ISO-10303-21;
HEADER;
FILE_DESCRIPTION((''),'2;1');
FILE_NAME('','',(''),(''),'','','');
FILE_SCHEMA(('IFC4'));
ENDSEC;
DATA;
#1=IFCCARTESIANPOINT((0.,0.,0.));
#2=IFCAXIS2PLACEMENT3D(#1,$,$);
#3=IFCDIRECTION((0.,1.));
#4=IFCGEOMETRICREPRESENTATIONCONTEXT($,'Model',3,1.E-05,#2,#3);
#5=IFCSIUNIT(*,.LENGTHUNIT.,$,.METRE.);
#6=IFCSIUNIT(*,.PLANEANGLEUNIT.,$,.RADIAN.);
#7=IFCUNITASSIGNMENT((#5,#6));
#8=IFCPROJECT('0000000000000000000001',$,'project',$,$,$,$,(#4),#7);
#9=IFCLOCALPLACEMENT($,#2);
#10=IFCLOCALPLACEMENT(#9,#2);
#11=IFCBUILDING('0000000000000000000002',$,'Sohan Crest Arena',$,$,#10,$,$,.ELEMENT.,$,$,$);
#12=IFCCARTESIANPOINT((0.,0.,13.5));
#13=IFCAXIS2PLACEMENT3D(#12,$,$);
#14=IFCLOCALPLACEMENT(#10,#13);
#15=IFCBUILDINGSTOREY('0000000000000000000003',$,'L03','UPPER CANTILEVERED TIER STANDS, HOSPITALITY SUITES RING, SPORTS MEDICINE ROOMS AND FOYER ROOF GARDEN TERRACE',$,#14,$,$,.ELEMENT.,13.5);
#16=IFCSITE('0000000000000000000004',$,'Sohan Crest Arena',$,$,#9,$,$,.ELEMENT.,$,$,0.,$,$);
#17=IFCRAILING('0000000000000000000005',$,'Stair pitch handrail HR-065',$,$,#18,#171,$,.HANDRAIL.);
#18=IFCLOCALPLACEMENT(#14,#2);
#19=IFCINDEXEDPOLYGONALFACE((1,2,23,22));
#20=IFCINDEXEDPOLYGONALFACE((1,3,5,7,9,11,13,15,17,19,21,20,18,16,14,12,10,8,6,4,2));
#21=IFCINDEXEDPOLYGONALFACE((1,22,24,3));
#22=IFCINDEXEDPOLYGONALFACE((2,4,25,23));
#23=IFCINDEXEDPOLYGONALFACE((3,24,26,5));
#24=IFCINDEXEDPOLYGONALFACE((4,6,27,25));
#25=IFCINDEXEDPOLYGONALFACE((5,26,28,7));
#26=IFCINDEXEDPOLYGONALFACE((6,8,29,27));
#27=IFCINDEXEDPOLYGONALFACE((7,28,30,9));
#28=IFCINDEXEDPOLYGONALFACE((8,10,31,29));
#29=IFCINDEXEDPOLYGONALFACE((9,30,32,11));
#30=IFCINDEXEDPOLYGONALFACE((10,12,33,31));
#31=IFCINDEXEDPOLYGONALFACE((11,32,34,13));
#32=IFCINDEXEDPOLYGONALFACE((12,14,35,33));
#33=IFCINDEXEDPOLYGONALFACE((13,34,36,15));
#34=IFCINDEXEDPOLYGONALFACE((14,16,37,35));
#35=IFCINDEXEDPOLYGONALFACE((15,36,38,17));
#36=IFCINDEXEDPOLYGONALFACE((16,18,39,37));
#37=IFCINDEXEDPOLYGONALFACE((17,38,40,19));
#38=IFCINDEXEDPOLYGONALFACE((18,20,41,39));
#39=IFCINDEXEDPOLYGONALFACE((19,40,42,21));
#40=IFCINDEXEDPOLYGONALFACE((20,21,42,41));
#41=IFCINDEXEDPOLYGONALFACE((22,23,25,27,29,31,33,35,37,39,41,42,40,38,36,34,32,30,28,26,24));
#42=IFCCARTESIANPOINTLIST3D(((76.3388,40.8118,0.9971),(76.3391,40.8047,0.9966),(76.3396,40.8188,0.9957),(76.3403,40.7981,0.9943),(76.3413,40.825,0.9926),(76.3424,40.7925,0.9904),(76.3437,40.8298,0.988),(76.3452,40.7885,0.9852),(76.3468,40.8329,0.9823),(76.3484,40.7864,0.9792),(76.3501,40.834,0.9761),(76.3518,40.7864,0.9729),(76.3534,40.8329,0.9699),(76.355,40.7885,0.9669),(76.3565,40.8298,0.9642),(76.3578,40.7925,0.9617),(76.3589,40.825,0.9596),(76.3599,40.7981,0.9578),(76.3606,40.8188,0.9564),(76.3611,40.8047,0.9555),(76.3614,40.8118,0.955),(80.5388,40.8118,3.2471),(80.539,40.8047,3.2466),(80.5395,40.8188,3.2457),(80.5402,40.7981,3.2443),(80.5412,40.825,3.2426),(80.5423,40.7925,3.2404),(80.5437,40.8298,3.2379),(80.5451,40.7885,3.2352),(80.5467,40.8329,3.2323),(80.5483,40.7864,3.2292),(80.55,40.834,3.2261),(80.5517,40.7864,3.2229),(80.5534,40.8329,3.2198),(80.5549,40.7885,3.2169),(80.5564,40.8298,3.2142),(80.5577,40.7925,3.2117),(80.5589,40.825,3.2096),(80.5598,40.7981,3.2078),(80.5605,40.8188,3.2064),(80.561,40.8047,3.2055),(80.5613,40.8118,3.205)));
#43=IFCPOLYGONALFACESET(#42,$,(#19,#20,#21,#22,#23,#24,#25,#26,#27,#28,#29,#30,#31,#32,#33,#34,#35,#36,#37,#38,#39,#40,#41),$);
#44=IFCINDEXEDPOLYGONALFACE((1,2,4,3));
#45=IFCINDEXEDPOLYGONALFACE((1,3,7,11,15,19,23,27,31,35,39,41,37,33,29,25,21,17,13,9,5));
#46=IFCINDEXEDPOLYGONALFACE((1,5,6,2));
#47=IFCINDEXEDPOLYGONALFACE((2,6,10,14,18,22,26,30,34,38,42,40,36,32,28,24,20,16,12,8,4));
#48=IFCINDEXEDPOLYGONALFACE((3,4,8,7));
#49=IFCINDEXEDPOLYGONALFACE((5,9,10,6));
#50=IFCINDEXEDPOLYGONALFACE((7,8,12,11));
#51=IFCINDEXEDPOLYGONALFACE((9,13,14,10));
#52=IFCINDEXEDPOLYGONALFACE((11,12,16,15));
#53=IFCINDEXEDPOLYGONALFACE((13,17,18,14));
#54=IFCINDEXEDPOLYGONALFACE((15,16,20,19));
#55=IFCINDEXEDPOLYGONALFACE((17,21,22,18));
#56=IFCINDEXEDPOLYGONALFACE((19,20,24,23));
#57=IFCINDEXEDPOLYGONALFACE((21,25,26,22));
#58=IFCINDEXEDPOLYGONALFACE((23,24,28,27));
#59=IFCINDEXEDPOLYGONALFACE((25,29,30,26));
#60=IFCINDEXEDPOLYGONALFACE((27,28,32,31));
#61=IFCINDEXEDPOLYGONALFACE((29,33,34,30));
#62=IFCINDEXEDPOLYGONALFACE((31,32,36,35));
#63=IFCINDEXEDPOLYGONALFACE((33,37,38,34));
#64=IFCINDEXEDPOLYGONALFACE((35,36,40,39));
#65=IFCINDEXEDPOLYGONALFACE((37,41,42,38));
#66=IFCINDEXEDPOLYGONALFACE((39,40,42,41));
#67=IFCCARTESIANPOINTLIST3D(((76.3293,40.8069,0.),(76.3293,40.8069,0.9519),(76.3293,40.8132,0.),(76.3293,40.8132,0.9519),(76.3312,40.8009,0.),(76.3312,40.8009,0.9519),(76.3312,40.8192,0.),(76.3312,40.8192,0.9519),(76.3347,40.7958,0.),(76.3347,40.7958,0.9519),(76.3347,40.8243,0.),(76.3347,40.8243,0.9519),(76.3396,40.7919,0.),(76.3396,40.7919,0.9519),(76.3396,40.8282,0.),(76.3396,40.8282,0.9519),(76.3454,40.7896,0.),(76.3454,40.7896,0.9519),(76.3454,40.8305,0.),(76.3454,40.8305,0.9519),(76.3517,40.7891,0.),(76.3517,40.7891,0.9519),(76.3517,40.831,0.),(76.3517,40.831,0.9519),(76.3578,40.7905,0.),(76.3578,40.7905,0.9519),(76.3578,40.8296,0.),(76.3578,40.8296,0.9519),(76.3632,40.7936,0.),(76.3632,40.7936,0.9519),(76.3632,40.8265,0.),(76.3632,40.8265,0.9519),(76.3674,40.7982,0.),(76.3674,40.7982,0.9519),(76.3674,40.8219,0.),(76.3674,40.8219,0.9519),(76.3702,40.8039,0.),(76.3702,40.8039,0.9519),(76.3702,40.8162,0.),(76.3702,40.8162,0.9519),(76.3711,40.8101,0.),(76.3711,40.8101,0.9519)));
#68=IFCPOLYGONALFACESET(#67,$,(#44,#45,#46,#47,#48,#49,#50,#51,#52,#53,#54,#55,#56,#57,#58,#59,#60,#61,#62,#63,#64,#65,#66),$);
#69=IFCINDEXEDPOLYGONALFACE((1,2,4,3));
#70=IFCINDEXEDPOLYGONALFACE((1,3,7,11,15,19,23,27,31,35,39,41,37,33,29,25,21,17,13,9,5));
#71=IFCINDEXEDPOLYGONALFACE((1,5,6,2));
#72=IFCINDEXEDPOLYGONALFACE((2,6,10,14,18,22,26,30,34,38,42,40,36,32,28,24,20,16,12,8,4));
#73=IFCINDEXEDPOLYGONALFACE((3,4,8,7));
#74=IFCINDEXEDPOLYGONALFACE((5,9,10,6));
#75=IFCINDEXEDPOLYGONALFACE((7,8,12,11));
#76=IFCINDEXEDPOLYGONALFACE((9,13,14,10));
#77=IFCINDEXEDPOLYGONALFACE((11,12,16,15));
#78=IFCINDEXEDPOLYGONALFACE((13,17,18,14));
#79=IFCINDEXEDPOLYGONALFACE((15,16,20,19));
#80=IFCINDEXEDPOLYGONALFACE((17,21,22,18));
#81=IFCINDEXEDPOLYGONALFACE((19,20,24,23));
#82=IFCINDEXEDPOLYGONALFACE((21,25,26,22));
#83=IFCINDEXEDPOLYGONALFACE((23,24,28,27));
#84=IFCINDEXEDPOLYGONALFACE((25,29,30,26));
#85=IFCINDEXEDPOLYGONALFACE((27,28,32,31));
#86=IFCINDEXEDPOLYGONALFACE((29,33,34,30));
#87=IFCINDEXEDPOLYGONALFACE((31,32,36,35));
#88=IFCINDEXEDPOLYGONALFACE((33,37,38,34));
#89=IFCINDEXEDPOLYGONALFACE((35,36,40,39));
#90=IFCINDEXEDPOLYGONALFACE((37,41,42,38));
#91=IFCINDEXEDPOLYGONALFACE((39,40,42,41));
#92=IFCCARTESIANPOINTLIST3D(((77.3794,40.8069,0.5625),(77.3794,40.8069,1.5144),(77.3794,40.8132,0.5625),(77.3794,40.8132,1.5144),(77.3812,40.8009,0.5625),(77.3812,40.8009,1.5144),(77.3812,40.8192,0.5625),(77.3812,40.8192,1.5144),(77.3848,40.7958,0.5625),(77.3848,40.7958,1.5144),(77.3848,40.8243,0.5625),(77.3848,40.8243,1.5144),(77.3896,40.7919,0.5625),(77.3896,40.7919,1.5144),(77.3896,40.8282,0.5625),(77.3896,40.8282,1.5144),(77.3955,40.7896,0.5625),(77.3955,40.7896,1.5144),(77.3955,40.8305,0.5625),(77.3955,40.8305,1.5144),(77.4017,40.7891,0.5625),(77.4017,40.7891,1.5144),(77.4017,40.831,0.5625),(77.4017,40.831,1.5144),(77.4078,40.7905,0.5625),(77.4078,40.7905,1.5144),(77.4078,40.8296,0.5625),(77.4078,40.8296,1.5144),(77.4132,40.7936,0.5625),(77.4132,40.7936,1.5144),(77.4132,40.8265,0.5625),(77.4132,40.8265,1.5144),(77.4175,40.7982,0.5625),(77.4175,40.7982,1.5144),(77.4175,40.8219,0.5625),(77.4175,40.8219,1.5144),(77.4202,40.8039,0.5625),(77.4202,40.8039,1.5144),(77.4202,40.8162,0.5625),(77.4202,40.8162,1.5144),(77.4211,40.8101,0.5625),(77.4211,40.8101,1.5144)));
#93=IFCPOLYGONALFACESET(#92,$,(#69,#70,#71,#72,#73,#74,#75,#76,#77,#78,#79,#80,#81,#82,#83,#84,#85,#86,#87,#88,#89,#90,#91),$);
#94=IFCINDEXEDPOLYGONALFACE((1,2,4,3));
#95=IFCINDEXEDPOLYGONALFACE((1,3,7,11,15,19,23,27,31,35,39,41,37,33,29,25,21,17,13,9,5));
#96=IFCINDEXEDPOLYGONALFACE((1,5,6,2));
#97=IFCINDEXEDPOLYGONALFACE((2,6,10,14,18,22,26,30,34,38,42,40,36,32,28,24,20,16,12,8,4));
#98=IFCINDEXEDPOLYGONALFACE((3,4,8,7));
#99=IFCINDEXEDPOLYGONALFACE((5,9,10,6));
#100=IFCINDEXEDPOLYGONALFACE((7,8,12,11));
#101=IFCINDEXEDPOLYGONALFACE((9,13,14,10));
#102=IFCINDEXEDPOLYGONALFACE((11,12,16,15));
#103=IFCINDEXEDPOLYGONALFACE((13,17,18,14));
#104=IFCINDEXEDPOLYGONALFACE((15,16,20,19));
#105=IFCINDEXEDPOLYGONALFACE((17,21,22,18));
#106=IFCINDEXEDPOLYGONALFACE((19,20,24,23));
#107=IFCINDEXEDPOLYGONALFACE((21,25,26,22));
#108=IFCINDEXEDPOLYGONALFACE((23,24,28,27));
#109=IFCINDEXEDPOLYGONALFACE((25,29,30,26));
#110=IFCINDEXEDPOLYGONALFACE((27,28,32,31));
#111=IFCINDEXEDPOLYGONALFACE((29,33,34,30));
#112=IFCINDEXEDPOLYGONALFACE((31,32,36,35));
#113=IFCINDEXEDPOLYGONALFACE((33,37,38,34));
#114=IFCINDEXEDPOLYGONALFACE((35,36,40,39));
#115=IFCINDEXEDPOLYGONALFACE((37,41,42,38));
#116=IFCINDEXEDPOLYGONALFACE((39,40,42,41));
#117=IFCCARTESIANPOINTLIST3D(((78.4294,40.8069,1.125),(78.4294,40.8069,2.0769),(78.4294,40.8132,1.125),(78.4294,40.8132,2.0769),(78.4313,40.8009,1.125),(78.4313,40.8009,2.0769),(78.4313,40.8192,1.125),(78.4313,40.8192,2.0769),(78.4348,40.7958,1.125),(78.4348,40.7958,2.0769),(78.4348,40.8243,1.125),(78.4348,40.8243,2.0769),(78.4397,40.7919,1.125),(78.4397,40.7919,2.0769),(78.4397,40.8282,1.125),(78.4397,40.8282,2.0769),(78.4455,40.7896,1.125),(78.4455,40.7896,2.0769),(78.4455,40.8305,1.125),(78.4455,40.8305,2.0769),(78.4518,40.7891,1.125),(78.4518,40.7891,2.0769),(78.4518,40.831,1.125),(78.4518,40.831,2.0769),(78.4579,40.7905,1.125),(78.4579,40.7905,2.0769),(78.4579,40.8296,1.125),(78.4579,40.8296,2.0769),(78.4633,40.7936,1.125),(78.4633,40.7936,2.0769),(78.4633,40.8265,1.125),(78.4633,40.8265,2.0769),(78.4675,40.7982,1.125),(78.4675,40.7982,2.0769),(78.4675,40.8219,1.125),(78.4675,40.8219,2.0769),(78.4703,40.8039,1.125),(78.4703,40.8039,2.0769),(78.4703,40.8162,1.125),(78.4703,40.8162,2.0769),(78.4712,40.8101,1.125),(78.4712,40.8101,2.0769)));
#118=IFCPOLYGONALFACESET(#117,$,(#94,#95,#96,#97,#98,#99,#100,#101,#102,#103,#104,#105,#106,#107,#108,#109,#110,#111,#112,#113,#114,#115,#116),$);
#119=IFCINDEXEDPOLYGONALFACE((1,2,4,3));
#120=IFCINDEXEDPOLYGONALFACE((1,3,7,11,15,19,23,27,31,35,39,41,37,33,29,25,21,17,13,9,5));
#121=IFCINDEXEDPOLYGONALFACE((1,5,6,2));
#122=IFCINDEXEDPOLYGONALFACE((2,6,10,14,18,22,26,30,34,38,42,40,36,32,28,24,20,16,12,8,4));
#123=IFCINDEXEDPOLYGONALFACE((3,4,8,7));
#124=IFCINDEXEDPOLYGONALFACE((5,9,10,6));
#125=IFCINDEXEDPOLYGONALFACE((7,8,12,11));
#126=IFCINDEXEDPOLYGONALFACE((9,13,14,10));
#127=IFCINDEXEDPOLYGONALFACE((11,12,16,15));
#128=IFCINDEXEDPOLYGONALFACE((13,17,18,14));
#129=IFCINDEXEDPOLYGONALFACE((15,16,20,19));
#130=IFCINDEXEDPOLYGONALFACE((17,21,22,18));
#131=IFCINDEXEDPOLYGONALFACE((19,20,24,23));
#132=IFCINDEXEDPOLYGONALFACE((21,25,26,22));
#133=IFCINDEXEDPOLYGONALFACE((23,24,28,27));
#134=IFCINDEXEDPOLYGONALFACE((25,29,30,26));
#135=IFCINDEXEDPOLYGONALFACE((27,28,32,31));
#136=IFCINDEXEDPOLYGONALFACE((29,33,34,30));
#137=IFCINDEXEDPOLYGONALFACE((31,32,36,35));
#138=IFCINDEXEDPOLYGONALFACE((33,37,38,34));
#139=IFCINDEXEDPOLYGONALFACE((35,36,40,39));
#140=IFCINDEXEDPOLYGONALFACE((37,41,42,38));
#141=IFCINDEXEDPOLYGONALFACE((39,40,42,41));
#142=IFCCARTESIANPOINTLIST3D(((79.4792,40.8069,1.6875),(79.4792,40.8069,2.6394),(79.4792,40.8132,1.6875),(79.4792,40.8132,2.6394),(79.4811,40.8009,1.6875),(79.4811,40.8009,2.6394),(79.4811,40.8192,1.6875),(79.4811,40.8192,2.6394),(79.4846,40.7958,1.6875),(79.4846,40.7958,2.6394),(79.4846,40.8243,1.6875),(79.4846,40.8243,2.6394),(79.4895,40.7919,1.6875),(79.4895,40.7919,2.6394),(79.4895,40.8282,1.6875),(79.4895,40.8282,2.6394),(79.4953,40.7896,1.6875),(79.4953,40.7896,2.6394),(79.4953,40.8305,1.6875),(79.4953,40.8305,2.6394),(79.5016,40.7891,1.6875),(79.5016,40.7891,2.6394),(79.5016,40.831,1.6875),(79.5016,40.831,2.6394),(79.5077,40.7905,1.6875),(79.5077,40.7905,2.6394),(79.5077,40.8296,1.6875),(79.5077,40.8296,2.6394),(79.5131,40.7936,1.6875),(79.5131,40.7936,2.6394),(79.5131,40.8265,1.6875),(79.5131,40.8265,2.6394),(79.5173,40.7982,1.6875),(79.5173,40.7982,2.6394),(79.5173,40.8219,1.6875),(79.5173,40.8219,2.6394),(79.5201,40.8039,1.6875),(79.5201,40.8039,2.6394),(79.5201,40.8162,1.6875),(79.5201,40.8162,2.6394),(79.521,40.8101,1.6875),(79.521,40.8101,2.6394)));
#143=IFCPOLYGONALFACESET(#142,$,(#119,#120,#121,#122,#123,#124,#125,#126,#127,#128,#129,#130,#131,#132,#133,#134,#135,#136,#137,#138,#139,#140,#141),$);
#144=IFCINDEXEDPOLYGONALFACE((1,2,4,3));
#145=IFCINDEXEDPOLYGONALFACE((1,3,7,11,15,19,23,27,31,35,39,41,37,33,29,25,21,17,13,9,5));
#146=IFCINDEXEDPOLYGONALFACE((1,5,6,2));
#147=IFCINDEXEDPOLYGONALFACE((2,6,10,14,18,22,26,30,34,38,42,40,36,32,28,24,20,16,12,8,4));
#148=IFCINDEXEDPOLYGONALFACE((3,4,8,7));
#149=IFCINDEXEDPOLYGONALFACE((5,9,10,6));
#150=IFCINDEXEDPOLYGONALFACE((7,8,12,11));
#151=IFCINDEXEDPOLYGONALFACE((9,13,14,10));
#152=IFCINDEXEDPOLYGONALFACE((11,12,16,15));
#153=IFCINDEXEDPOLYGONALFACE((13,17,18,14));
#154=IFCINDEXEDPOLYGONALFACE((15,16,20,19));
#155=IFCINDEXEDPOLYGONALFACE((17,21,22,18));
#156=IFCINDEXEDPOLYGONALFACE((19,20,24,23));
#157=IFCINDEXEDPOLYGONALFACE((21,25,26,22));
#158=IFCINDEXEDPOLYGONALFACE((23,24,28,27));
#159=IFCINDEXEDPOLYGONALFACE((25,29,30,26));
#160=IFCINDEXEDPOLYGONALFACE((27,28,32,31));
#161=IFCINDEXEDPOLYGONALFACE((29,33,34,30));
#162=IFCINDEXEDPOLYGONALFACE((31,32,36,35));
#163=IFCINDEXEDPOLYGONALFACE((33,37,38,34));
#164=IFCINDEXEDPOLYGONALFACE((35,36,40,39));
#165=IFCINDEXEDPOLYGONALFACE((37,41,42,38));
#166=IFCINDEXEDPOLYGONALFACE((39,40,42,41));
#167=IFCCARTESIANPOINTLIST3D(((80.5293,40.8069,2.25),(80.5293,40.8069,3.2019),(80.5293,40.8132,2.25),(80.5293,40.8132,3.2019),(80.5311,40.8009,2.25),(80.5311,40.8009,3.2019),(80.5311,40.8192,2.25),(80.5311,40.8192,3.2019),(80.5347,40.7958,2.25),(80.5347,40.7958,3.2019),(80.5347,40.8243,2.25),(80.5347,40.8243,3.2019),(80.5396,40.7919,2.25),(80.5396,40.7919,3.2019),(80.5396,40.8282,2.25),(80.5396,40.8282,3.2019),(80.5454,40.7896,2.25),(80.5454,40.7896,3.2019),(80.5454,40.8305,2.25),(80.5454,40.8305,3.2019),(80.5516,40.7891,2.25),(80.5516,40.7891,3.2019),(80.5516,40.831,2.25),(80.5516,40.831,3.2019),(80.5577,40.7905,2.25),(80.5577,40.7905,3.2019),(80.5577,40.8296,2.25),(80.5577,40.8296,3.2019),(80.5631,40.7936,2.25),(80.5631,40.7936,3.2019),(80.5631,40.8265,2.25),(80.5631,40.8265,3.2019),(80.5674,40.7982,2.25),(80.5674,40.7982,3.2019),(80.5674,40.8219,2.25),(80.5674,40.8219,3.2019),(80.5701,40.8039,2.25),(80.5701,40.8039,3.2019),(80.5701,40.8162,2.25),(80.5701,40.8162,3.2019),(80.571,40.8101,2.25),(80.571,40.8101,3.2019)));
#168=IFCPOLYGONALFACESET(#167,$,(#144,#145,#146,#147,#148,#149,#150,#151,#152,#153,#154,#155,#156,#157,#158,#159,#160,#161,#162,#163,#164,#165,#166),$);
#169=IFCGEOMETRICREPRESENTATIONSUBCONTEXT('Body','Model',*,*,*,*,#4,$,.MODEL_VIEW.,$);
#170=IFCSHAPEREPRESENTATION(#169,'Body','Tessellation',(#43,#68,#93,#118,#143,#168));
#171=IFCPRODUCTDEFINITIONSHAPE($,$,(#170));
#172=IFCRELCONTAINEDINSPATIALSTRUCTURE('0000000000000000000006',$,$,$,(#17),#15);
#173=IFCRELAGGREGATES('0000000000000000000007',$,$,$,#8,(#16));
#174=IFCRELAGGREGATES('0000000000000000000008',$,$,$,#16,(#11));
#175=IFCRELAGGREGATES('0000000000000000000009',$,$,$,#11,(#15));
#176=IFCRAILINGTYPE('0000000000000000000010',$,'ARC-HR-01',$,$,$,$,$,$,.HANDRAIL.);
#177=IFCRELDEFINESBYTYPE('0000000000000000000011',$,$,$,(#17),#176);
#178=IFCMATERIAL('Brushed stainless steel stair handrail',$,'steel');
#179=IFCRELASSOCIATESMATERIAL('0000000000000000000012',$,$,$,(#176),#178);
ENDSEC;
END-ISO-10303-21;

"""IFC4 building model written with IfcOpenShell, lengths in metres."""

from ifc_helpers import new_model, si_unit, direction, frame, origin, origin_2d, place, context, subcontext, project, spatial, circle, extrude, material, type_object, element, save


model = new_model("IFC4")

# Units and contexts
model_context = context("Model", 3, precision=1e-05, world=origin(), true_north=direction((0.0, 1.0)))
body_context = subcontext(model_context, "Body", "Model", "MODEL_VIEW")
ifc_project = project(units=[si_unit("LENGTHUNIT", "METRE"), si_unit("PLANEANGLEUNIT", "RADIAN")], contexts=[model_context])

# Site, building, storey
site_placement = place(None, origin())
site = spatial("IfcSite", under=ifc_project, at=site_placement, Name="Sohan Crest Arena", CompositionType="ELEMENT", RefElevation=0.0)
building_placement = place(site_placement, origin())
building = spatial("IfcBuilding", under=site, at=building_placement, Name="Sohan Crest Arena", CompositionType="ELEMENT")
storey_placement = place(building_placement, frame((0.0, 0.0, 13.5)))
storey = spatial("IfcBuildingStorey", under=building, at=storey_placement, Name="L03", Description="UPPER CANTILEVERED TIER STANDS, HOSPITALITY SUITES RING, SPORTS MEDICINE ROOMS AND FOYER ROOF GARDEN TERRACE", CompositionType="ELEMENT", Elevation=13.5)

# Railing
ifc_material_1 = material(Name="Brushed stainless steel stair handrail", Category="steel")
railing_type_1 = type_object("IfcRailingType", Name="ARC-HR-01", PredefinedType="HANDRAIL", material=ifc_material_1)
for number, where, name in (
    (1, (76.3501, 40.8101, 0.0), "Stair pitch handrail HR-065"),
):
    element("IfcRailing", number, at=place(storey_placement, frame(where)), inside=storey, type_object=railing_type_1, Name=name, PredefinedType="HANDRAIL", context=body_context, shape_type="SweptSolid", body=[
        extrude(circle(Radius=0.0239, at=origin_2d()), frame((0.0, 0.0, 0.9761), z_axis=(0.881478, 0.0, 0.472226), x_axis=(0.0, 1.0, 0.0)), (0.0, 0.0, 1.0), 4.7646),
        extrude(circle(Radius=0.021, at=origin_2d()), origin(), (0.0, 0.0, 1.0), 0.9519),
        extrude(circle(Radius=0.021, at=origin_2d()), frame((1.05, 0.0, 0.5625)), (0.0, 0.0, 1.0), 0.9519),
        extrude(circle(Radius=0.021, at=origin_2d()), frame((2.1001, 0.0, 1.125)), (0.0, 0.0, 1.0), 0.9519),
        extrude(circle(Radius=0.021, at=origin_2d()), frame((3.1499, 0.0, 1.6875)), (0.0, 0.0, 1.0), 0.9519),
        extrude(circle(Radius=0.021, at=origin_2d()), frame((4.2, 0.0, 2.25)), (0.0, 0.0, 1.0), 0.9519),
    ])

save(model, "model.ifc")
